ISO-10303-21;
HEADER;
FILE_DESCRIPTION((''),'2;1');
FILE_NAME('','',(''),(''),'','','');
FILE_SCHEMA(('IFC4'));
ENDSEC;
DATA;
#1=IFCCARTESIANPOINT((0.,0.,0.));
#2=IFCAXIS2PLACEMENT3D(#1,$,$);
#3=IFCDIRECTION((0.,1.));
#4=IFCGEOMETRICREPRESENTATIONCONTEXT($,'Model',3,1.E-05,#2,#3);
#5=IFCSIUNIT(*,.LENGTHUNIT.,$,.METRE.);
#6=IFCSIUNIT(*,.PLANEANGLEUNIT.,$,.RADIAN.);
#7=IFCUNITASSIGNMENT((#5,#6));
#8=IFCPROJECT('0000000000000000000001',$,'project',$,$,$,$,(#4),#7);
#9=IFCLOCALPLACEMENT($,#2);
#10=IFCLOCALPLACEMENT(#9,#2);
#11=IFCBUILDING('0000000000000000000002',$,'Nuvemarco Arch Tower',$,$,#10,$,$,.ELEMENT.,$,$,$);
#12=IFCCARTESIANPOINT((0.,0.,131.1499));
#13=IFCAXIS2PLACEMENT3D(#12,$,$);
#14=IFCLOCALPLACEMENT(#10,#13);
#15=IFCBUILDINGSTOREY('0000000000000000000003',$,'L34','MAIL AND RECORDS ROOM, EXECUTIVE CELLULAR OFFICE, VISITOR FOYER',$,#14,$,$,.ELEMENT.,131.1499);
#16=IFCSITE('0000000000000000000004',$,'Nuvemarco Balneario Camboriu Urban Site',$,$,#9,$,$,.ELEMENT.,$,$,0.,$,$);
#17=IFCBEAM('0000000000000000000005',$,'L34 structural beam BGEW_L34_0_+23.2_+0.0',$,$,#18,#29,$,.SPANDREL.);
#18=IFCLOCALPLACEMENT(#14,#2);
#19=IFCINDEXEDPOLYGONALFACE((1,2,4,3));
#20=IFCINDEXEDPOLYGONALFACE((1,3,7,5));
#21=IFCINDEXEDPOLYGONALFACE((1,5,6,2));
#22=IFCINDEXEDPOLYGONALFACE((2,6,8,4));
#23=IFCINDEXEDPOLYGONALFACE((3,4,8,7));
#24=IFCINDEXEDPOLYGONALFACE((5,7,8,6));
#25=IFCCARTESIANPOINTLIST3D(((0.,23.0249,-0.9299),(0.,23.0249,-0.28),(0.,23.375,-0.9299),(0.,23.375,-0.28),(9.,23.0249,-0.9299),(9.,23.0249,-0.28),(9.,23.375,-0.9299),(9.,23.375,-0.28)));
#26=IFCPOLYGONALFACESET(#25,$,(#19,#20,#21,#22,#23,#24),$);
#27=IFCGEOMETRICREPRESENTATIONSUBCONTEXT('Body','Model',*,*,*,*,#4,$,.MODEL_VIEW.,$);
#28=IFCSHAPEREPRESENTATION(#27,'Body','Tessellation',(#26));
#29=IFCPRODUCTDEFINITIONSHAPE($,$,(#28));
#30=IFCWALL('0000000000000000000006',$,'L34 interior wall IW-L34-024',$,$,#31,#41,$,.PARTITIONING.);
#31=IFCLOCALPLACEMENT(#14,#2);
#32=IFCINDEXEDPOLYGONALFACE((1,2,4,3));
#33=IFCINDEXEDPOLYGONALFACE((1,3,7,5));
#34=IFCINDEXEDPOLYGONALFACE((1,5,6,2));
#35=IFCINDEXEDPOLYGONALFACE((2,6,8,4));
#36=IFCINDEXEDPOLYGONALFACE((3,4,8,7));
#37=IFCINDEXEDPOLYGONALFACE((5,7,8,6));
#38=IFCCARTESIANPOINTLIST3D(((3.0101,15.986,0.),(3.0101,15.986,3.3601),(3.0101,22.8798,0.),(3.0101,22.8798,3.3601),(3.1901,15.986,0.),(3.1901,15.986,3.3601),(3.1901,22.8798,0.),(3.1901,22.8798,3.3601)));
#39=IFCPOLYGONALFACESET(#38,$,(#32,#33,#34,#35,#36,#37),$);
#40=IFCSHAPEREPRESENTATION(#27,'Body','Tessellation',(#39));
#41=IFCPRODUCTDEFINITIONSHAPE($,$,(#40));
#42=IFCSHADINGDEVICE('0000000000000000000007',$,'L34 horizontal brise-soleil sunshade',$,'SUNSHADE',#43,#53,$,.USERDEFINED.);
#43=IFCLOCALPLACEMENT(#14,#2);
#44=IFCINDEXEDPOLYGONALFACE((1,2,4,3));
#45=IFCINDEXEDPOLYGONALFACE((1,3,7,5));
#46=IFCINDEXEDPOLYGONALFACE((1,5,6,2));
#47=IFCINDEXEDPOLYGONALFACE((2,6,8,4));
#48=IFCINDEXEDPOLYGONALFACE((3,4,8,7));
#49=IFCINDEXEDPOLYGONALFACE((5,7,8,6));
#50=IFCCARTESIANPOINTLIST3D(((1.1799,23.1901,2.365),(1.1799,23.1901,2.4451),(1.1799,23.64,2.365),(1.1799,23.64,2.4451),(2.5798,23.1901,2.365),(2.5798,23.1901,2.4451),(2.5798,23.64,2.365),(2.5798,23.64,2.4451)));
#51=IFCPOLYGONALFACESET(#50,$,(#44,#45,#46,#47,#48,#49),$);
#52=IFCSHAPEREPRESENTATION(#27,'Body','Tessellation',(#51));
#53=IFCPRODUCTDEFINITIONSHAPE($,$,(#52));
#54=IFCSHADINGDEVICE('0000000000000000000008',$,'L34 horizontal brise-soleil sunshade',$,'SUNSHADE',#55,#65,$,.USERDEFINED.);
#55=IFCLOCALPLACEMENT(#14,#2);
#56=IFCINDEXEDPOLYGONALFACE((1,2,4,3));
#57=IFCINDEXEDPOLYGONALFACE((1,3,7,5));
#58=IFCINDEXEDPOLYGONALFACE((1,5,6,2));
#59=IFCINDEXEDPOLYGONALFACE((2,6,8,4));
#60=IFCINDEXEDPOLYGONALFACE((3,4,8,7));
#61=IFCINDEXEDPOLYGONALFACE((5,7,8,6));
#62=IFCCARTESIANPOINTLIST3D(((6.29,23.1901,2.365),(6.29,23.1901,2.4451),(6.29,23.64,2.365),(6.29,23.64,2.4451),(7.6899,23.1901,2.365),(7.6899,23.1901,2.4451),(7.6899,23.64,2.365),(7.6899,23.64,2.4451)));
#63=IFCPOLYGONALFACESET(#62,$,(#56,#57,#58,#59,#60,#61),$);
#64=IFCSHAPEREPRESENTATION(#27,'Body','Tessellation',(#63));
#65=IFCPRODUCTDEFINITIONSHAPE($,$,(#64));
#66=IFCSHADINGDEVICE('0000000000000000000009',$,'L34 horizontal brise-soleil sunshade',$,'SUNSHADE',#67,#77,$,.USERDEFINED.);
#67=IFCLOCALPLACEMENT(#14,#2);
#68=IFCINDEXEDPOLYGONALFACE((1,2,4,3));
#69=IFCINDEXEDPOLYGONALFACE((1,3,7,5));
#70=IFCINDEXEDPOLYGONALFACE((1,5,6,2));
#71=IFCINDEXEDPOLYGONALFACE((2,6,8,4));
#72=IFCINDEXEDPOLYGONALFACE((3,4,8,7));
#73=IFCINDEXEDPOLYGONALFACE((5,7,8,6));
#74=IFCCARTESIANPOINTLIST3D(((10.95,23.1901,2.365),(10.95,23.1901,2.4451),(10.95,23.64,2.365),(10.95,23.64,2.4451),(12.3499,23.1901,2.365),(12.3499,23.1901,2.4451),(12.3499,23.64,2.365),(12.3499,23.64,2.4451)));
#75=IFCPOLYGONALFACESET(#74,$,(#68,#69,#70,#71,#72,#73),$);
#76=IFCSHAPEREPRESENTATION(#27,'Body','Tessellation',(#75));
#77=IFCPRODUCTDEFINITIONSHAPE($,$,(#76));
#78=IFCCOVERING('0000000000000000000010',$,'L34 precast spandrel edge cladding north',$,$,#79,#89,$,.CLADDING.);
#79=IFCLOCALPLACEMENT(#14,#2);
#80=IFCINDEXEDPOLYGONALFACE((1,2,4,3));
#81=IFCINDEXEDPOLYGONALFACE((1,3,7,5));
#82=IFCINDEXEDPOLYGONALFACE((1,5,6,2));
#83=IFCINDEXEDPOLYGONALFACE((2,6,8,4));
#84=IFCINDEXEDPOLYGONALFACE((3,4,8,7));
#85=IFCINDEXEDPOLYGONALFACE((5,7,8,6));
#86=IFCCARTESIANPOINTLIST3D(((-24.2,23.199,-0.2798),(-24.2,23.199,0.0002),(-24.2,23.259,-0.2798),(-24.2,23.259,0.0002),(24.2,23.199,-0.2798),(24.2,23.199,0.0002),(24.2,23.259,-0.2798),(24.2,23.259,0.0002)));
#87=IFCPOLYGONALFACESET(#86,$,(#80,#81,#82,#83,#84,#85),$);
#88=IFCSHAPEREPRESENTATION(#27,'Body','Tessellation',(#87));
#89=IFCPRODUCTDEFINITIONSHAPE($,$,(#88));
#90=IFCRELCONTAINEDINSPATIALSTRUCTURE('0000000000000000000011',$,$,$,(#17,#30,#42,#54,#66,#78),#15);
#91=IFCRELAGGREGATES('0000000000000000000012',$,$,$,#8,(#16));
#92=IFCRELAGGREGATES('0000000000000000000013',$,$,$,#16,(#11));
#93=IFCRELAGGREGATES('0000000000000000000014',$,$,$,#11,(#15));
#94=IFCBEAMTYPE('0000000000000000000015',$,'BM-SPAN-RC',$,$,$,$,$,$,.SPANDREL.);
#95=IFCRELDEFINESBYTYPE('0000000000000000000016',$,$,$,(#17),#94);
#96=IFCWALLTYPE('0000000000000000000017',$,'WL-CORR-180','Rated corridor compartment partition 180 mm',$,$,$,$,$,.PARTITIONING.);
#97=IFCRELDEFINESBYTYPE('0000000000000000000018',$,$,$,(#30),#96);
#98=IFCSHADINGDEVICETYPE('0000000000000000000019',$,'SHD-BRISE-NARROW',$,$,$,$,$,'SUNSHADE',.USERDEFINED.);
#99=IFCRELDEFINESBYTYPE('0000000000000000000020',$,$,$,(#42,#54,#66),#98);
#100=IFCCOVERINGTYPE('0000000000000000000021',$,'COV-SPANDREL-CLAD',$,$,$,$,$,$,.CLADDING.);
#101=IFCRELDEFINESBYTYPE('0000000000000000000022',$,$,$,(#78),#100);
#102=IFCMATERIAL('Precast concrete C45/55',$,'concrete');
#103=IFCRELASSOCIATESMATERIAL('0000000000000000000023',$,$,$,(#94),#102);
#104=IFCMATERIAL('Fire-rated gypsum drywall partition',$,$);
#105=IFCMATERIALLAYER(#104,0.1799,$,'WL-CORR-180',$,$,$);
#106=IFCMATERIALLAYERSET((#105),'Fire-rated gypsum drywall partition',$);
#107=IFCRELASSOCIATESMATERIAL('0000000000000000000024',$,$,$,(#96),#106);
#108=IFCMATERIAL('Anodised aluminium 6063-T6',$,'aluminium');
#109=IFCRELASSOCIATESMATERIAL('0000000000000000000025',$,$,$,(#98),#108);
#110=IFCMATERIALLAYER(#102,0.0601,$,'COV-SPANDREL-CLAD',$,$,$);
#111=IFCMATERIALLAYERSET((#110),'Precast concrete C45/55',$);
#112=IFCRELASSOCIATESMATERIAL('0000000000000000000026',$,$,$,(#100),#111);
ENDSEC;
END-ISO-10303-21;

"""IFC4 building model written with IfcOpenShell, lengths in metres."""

from ifc_helpers import new_model, si_unit, direction, frame, frame_2d, origin, origin_2d, place, context, subcontext, project, spatial, rectangle, extrude, source, transform, mapped, material, layer, layer_set, material_profile, profile_set, type_object, type_shapes, element, save


model = new_model("IFC4")

# Units and contexts
model_context = context("Model", 3, precision=1e-05, world=origin(), true_north=direction((0.0, 1.0)))
body_context = subcontext(model_context, "Body", "Model", "MODEL_VIEW")
ifc_project = project(units=[si_unit("LENGTHUNIT", "METRE"), si_unit("PLANEANGLEUNIT", "RADIAN")], contexts=[model_context])

# Site, building, storey
site_placement = place(None, origin())
site = spatial("IfcSite", under=ifc_project, at=site_placement, Name="Nuvemarco Balneario Camboriu Urban Site", CompositionType="ELEMENT", RefElevation=0.0)
building_placement = place(site_placement, origin())
building = spatial("IfcBuilding", under=site, at=building_placement, Name="Nuvemarco Arch Tower", CompositionType="ELEMENT")
storey_placement = place(building_placement, frame((0.0, 0.0, 131.1499)))
storey = spatial("IfcBuildingStorey", under=building, at=storey_placement, Name="L34", Description="MAIL AND RECORDS ROOM, EXECUTIVE CELLULAR OFFICE, VISITOR FOYER", CompositionType="ELEMENT", Elevation=131.1499)

# Beam
ifc_material_1 = material(Name="Precast concrete C45/55", Category="concrete")
ifc_material_profile_1 = material_profile(ifc_material_1, rectangle(XDim=0.3501, YDim=0.6499, at=origin_2d()), Name="PC-SP-350x650")
ifc_profile_set_1 = profile_set([ifc_material_profile_1], Name="Precast concrete C45/55")
beam_type_1 = type_object("IfcBeamType", Name="BM-SPAN-RC", PredefinedType="SPANDREL", material=ifc_profile_set_1)
beam_1_placement = place(storey_placement, frame((0.0, 23.2, -0.605), z_axis=(1.0, 0.0, 0.0), x_axis=(0.0, 1.0, 0.0)))
element("IfcBeam", 1, at=beam_1_placement, inside=storey, type_object=beam_type_1, Name="L34 structural beam BGEW_L34_0_+23.2_+0.0", PredefinedType="SPANDREL", context=body_context, shape_type="SweptSolid", body=[
    extrude(rectangle(XDim=0.3501, YDim=0.6499, at=origin_2d()), origin(), (0.0, 0.0, 1.0), 9.0),
])

# Wall
ifc_material_2 = material(Name="Fire-rated gypsum drywall partition")
ifc_layer_1 = layer(ifc_material_2, 0.1799, Name="WL-CORR-180")
ifc_layer_set_1 = layer_set([ifc_layer_1], Name="Fire-rated gypsum drywall partition")
wall_type = type_object("IfcWallType", Name="WL-CORR-180", Description="Rated corridor compartment partition 180 mm", PredefinedType="PARTITIONING", material=ifc_layer_set_1)
wall_placement = place(storey_placement, frame((3.1001, 15.9861, 0.0), z_axis=(0.0, 0.0, 1.0), x_axis=(0.0, 1.0, 0.0)))
element("IfcWall", 2, at=wall_placement, inside=storey, type_object=wall_type, Name="L34 interior wall IW-L34-024", PredefinedType="PARTITIONING", context=body_context, shape_type="SweptSolid", body=[
    extrude(rectangle(XDim=6.8938, YDim=0.1799, at=frame_2d((3.4468, 0.0))), origin(), (0.0, 0.0, 1.0), 3.3601),
])

# Shading devices
ifc_material_3 = material(Name="Anodised aluminium 6063-T6", Category="aluminium")
shading_device_type = type_object("IfcShadingDeviceType", Name="SHD-BRISE-NARROW", ElementType="SUNSHADE", PredefinedType="USERDEFINED", material=ifc_material_3)
shared_shape_1 = source(origin(), body_context, "Body", "SweptSolid", [
    extrude(rectangle(XDim=1.3999, YDim=0.45, at=origin_2d()), origin(), (0.0, 0.0, 1.0), 0.0801),
])
type_shapes(shading_device_type, [shared_shape_1])
for number, where, z_axis, x_axis, name in (
    (3, (1.8799, 23.415, 2.365), (0.0, 0.0, 1.0), (1.0, 0.0, 0.0), "L34 horizontal brise-soleil sunshade"),
    (4, (6.99, 23.415, 2.365), (0.0, 0.0, 1.0), (1.0, 0.0, 0.0), "L34 horizontal brise-soleil sunshade"),
    (5, (11.6499, 23.415, 2.365), (0.0, 0.0, 1.0), (1.0, 0.0, 0.0), "L34 horizontal brise-soleil sunshade"),
):
    element("IfcShadingDevice", number, at=place(storey_placement, frame(where, z_axis=z_axis, x_axis=x_axis)), inside=storey, type_object=shading_device_type, Name=name, ObjectType="SUNSHADE", PredefinedType="USERDEFINED", context=body_context, shape_type="MappedRepresentation", body=[
        mapped(shared_shape_1, transform((0.0, 0.0, 0.0), scale=1.0)),
    ])

# Covering
ifc_layer_2 = layer(ifc_material_1, 0.0601, Name="COV-SPANDREL-CLAD")
ifc_layer_set_2 = layer_set([ifc_layer_2], Name="Precast concrete C45/55")
covering_type = type_object("IfcCoveringType", Name="COV-SPANDREL-CLAD", PredefinedType="CLADDING", material=ifc_layer_set_2)
shared_shape_2 = source(origin(), body_context, "Body", "SweptSolid", [
    extrude(rectangle(XDim=48.3999, YDim=0.0601, at=origin_2d()), origin(), (0.0, 0.0, 1.0), 0.28),
])
type_shapes(covering_type, [shared_shape_2])
covering_placement = place(storey_placement, frame((0.0, 23.229, -0.2798), z_axis=(0.0, 0.0, 1.0), x_axis=(1.0, 0.0, 0.0)))
element("IfcCovering", 6, at=covering_placement, inside=storey, type_object=covering_type, Name="L34 precast spandrel edge cladding north", PredefinedType="CLADDING", context=body_context, shape_type="MappedRepresentation", body=[
    mapped(shared_shape_2, transform((0.0, 0.0, 0.0), scale=1.0)),
])

save(model, "model.ifc")
